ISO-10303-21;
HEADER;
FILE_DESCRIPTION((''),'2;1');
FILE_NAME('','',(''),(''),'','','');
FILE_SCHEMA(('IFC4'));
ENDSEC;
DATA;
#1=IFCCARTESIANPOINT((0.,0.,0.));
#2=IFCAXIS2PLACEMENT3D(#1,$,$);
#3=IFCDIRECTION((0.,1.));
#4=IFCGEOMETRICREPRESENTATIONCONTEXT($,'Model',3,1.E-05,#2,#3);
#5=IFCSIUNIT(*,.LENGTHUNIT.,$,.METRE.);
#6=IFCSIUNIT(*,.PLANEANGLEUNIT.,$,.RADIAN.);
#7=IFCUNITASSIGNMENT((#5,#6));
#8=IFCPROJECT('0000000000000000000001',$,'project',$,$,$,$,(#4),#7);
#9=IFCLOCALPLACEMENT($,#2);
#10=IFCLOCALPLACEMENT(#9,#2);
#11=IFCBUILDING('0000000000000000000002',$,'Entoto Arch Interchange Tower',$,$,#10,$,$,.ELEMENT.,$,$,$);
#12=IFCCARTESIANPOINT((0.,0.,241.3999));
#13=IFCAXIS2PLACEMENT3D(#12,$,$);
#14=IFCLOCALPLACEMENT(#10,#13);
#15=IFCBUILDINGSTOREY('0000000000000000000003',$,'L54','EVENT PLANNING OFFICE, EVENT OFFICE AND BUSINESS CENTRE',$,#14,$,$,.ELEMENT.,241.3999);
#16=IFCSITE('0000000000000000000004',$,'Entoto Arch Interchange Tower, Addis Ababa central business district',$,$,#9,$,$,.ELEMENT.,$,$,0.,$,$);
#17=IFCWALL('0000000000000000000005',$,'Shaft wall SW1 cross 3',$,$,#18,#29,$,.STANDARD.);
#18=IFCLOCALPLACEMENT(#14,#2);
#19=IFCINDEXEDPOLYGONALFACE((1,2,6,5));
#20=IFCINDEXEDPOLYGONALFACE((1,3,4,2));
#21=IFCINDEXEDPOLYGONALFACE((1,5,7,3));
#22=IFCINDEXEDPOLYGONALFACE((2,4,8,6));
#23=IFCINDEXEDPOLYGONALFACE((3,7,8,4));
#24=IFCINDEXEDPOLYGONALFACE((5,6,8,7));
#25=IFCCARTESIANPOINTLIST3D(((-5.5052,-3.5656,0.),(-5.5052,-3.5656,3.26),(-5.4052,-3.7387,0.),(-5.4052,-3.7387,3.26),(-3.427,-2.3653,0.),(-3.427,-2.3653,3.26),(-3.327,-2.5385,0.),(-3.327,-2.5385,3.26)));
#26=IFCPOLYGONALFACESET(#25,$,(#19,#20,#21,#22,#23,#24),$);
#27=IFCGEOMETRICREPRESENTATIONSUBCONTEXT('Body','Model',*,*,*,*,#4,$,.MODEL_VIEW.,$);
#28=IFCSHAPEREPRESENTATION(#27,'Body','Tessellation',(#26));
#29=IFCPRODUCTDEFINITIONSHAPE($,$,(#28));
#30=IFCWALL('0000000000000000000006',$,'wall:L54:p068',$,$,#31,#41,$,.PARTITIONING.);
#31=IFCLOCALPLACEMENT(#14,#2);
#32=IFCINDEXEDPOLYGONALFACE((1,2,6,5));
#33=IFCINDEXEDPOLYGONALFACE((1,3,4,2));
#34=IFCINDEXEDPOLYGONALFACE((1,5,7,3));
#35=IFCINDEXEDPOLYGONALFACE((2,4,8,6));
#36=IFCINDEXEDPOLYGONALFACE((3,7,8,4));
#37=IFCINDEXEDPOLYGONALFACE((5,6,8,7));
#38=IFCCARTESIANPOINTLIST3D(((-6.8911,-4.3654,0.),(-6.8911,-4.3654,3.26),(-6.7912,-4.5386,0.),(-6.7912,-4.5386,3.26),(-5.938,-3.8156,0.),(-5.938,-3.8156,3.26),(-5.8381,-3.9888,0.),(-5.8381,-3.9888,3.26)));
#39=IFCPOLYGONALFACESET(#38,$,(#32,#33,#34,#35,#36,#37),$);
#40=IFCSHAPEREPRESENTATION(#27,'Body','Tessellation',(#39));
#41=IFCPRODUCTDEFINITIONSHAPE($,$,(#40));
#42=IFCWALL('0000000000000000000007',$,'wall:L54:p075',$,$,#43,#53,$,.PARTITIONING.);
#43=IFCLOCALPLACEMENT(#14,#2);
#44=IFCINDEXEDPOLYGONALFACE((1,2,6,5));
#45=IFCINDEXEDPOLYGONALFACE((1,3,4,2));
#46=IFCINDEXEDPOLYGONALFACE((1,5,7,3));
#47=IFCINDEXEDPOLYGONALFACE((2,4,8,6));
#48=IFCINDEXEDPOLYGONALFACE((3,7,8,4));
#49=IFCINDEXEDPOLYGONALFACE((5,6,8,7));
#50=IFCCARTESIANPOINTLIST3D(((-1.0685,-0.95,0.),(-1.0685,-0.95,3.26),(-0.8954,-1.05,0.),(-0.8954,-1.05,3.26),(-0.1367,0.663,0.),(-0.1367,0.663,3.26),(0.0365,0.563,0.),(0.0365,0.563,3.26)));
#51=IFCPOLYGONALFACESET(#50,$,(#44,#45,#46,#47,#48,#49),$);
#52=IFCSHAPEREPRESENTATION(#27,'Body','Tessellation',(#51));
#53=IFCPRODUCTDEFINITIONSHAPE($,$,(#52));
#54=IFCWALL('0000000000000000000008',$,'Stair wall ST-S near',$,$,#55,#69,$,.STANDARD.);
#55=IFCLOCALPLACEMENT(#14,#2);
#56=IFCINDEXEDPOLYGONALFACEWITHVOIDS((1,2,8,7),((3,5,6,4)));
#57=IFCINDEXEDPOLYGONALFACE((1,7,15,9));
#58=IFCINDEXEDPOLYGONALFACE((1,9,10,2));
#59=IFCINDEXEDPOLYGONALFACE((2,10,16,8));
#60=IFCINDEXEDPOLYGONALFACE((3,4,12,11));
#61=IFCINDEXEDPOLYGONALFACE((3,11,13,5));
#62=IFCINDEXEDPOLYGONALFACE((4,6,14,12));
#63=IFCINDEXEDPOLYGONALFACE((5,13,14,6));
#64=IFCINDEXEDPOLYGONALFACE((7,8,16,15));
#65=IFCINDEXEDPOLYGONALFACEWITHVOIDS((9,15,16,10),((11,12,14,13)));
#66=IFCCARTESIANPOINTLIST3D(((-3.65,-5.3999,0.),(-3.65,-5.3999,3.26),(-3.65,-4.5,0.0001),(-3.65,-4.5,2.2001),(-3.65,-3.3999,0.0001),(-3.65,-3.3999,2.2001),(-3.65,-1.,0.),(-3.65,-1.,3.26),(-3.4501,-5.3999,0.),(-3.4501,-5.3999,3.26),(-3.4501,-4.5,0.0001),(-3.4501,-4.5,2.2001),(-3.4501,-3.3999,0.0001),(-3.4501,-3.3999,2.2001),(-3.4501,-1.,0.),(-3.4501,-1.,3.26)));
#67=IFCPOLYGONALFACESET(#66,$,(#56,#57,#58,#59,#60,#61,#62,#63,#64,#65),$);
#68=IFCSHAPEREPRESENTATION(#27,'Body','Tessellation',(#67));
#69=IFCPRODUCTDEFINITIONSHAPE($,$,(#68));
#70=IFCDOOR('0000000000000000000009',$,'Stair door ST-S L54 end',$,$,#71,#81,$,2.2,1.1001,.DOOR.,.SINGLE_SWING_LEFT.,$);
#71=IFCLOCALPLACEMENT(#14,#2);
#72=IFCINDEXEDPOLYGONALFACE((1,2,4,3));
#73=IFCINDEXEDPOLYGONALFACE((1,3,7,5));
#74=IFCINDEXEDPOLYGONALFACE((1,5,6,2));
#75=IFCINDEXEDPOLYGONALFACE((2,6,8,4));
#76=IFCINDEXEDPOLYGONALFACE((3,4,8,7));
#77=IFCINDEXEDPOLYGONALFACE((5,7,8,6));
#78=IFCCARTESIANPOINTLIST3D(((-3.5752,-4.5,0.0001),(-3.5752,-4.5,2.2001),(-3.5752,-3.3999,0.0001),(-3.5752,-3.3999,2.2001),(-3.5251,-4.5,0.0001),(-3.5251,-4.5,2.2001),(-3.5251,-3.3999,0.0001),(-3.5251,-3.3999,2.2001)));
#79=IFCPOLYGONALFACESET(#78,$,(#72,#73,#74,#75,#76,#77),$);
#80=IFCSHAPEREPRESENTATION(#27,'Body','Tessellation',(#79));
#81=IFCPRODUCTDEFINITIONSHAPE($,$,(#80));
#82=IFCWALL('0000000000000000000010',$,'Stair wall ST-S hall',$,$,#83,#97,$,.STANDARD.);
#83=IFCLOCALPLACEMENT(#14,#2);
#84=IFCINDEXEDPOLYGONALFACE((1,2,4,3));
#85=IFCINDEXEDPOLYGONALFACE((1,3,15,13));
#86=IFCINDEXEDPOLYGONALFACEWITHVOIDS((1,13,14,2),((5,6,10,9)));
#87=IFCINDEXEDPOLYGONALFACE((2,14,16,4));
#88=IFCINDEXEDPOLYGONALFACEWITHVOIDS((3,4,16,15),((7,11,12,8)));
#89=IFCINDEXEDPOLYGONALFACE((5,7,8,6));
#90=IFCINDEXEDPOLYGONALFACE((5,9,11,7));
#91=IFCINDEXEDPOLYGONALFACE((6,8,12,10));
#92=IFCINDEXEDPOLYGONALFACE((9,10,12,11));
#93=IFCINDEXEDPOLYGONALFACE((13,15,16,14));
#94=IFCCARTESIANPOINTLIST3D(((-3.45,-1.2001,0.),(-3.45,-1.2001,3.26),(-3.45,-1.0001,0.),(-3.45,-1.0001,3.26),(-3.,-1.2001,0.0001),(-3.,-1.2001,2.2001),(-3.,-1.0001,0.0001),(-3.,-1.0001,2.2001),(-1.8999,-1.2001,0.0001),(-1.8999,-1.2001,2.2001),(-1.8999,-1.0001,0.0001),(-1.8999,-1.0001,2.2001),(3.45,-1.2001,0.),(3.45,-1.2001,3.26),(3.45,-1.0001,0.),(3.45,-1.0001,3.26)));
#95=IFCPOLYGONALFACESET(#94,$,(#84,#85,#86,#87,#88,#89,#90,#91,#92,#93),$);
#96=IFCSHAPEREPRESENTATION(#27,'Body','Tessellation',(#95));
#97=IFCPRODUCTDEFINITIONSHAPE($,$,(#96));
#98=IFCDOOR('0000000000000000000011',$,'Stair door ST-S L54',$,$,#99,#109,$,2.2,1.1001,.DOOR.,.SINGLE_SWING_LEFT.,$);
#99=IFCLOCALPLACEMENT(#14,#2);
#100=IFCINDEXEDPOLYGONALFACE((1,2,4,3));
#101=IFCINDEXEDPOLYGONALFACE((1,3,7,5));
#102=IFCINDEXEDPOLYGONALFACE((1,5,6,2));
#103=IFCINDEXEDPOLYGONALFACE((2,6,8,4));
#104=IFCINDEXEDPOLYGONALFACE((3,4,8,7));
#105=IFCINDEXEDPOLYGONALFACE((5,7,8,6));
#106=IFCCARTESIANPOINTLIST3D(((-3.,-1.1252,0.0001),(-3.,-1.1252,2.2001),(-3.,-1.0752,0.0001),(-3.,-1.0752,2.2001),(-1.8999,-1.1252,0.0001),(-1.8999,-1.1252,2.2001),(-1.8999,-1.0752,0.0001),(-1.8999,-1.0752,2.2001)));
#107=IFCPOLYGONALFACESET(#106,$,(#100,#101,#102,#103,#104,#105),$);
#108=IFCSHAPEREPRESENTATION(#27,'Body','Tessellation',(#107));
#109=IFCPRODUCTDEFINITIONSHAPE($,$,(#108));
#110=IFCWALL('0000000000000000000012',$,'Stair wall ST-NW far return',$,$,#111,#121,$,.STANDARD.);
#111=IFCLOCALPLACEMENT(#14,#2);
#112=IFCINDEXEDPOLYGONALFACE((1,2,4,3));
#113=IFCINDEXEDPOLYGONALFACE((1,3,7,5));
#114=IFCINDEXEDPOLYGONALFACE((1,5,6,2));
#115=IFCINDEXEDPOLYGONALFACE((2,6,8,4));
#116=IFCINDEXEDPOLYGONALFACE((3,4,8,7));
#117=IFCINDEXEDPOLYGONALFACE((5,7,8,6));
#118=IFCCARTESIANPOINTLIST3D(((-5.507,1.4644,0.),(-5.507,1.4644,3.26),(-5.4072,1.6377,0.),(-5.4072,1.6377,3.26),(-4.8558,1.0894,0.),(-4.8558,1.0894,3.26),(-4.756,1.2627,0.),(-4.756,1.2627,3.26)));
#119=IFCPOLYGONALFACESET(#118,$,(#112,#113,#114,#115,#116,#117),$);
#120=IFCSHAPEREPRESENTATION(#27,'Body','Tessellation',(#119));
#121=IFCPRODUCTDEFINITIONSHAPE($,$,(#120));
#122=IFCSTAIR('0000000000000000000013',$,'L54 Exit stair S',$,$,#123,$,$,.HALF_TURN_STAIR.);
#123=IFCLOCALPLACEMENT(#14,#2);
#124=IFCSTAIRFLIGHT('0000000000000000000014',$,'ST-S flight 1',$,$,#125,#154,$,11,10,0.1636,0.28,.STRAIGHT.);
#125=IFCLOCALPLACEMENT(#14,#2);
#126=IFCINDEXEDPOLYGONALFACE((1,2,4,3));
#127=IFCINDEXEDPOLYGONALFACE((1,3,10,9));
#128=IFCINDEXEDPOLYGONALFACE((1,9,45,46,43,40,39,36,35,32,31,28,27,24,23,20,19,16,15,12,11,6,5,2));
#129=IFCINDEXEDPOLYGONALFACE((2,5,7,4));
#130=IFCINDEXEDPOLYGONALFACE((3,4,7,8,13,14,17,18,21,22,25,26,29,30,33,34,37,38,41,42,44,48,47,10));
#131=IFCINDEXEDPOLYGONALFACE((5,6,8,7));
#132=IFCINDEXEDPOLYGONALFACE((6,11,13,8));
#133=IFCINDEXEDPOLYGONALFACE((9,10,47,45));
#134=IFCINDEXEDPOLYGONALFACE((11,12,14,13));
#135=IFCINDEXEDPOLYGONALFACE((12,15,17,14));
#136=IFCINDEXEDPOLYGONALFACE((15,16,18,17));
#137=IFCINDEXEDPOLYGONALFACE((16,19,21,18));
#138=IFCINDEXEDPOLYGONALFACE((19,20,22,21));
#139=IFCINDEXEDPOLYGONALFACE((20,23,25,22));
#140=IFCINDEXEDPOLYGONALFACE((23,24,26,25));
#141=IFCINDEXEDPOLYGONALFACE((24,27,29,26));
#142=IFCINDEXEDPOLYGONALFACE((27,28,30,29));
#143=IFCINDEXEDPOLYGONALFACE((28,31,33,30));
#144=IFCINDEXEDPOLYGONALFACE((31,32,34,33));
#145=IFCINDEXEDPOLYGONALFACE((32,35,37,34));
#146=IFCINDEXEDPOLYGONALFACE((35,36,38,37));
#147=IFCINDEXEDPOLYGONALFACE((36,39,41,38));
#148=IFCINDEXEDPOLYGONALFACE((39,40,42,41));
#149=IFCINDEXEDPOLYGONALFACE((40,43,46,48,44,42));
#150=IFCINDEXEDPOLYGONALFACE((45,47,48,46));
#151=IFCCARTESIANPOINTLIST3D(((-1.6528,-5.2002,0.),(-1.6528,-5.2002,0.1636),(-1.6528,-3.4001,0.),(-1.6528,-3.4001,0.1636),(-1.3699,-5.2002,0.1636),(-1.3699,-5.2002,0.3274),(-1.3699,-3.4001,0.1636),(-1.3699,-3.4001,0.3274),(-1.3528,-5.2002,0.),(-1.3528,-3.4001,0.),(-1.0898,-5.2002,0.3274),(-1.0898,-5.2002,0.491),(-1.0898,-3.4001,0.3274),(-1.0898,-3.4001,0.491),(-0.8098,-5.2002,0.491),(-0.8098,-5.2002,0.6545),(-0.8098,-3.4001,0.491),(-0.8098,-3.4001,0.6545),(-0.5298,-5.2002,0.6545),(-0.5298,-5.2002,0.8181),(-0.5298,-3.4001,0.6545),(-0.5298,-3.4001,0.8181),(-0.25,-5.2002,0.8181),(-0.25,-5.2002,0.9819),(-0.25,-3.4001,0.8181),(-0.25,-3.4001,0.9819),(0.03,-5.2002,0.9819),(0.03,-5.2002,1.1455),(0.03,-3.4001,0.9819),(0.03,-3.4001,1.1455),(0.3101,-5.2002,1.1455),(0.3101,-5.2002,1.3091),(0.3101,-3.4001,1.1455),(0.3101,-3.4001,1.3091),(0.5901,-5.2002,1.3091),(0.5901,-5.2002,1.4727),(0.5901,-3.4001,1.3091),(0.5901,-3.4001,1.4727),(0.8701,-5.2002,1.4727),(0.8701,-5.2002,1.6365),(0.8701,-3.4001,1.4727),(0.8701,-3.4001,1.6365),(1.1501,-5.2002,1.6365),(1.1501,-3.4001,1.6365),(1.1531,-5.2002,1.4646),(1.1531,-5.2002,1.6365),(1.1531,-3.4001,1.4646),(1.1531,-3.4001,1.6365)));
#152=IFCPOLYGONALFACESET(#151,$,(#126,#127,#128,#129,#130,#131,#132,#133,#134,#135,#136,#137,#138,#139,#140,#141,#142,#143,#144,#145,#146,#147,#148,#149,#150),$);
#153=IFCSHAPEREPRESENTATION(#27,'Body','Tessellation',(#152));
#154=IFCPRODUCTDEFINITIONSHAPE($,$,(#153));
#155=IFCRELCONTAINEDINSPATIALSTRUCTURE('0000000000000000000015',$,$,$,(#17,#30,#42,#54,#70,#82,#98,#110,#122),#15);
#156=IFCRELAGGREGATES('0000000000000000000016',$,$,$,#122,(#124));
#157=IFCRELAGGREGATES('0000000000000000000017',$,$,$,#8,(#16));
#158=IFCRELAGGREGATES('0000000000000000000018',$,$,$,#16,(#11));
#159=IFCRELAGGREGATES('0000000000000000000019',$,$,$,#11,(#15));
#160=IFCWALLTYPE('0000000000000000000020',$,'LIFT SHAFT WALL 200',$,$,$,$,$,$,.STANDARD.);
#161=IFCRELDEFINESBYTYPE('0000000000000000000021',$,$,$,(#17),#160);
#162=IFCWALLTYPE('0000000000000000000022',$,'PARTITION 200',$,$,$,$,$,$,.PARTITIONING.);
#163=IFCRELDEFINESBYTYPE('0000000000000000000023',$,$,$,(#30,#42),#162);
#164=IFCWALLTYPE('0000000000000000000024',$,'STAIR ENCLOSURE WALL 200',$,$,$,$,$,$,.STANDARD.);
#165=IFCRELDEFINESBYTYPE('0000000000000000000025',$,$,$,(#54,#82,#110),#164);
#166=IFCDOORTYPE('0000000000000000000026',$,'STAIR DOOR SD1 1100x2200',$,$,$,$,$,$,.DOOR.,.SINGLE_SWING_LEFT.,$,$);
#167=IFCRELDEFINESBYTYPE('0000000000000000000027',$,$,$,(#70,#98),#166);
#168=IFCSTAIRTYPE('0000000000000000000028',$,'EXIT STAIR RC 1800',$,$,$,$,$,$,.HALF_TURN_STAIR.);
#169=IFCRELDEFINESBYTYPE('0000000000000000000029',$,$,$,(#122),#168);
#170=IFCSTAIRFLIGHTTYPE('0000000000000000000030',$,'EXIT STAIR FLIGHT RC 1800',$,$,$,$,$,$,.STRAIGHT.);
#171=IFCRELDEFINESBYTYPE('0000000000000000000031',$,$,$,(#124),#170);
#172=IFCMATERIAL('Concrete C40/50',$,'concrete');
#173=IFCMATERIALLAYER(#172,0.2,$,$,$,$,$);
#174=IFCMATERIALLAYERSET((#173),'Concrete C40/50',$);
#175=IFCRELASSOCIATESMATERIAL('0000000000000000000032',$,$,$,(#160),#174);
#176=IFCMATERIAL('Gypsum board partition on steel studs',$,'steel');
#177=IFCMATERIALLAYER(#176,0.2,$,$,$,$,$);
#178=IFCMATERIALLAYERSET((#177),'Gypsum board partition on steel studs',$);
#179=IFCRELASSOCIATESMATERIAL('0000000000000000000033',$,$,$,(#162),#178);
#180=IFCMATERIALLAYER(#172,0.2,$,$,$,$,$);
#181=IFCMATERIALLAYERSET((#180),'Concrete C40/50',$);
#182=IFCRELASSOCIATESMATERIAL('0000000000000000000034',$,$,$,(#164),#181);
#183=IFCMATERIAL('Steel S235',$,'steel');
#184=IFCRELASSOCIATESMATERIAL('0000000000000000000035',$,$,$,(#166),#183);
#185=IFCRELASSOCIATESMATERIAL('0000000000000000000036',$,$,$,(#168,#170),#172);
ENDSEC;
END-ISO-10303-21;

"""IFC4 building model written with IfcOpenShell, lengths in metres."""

from ifc_helpers import new_model, si_unit, direction, frame, frame_2d, origin, place, context, subcontext, project, spatial, polyline, rectangle, outline, extrude, material, layer, layer_set, type_object, element, fill, aggregate, save


model = new_model("IFC4")

# Units and contexts
model_context = context("Model", 3, precision=1e-05, world=origin(), true_north=direction((0.0, 1.0)))
body_context = subcontext(model_context, "Body", "Model", "MODEL_VIEW")
ifc_project = project(units=[si_unit("LENGTHUNIT", "METRE"), si_unit("PLANEANGLEUNIT", "RADIAN")], contexts=[model_context])

# Site, building, storey
site_placement = place(None, origin())
site = spatial("IfcSite", under=ifc_project, at=site_placement, Name="Entoto Arch Interchange Tower, Addis Ababa central business district", CompositionType="ELEMENT", RefElevation=0.0)
building_placement = place(site_placement, origin())
building = spatial("IfcBuilding", under=site, at=building_placement, Name="Entoto Arch Interchange Tower", CompositionType="ELEMENT")
storey_placement = place(building_placement, frame((0.0, 0.0, 241.3999)))
storey = spatial("IfcBuildingStorey", under=building, at=storey_placement, Name="L54", Description="EVENT PLANNING OFFICE, EVENT OFFICE AND BUSINESS CENTRE", CompositionType="ELEMENT", Elevation=241.3999)

# Shared definitions
ifc_material_1 = material(Name="Concrete C40/50", Category="concrete")

# Walls
ifc_layer_1 = layer(ifc_material_1, 0.2)
ifc_layer_set_1 = layer_set([ifc_layer_1], Name="Concrete C40/50")
wall_type_1 = type_object("IfcWallType", Name="LIFT SHAFT WALL 200", PredefinedType="STANDARD", material=ifc_layer_set_1)
wall_1_placement = place(storey_placement, frame((-3.377, -2.4519, 0.0), z_axis=(0.0, 0.0, 1.0), x_axis=(-0.865955, -0.500122, 0.0)))
element("IfcWall", 1, at=wall_1_placement, inside=storey, type_object=wall_type_1, Name="Shaft wall SW1 cross 3", PredefinedType="STANDARD", context=body_context, shape_type="SweptSolid", body=[
    extrude(rectangle(XDim=2.3999, YDim=0.2, at=frame_2d((1.2, 0.0))), origin(), (0.0, 0.0, 1.0), 3.26),
])
ifc_material_2 = material(Name="Gypsum board partition on steel studs", Category="steel")
ifc_layer_2 = layer(ifc_material_2, 0.2)
ifc_layer_set_2 = layer_set([ifc_layer_2], Name="Gypsum board partition on steel studs")
wall_type_2 = type_object("IfcWallType", Name="PARTITION 200", PredefinedType="PARTITIONING", material=ifc_layer_set_2)
wall_2_placement = place(storey_placement, frame((-5.8879, -3.9021, 0.0), z_axis=(0.0, 0.0, 1.0), x_axis=(-0.866215, -0.499671, 0.0)))
element("IfcWall", 2, at=wall_2_placement, inside=storey, type_object=wall_type_2, Name="wall:L54:p068", PredefinedType="PARTITIONING", context=body_context, shape_type="SweptSolid", body=[
    extrude(rectangle(XDim=1.1003, YDim=0.2, at=frame_2d((0.5503, 0.0))), origin(), (0.0, 0.0, 1.0), 3.26),
])
wall_3_placement = place(storey_placement, frame((-0.9819, -1.0, 0.0), z_axis=(0.0, 0.0, 1.0), x_axis=(0.50024, 0.865887, 0.0)))
element("IfcWall", 3, at=wall_3_placement, inside=storey, type_object=wall_type_2, Name="wall:L54:p075", PredefinedType="PARTITIONING", context=body_context, shape_type="SweptSolid", body=[
    extrude(rectangle(XDim=1.8628, YDim=0.2, at=frame_2d((0.9314, 0.0))), origin(), (0.0, 0.0, 1.0), 3.26),
])

# Walls, openings, doors
ifc_layer_3 = layer(ifc_material_1, 0.2)
ifc_layer_set_3 = layer_set([ifc_layer_3], Name="Concrete C40/50")
wall_type_3 = type_object("IfcWallType", Name="STAIR ENCLOSURE WALL 200", PredefinedType="STANDARD", material=ifc_layer_set_3)
wall_4_placement = place(storey_placement, frame((-3.55, -1.0, 0.0), z_axis=(0.0, 0.0, 1.0), x_axis=(0.0, -1.0, 0.0)))
wall_4 = element("IfcWall", 4, at=wall_4_placement, inside=storey, type_object=wall_type_3, Name="Stair wall ST-S near", PredefinedType="STANDARD", context=body_context, shape_type="SweptSolid", body=[
    extrude(rectangle(XDim=4.3999, YDim=0.2, at=frame_2d((2.2, 0.0))), origin(), (0.0, 0.0, 1.0), 3.26),
])
opening_1_placement = place(wall_4_placement, frame((2.3999, 0.0, 0.0)))
opening_1 = element("IfcOpeningElement", 5, at=opening_1_placement, cuts=wall_4, PredefinedType="OPENING", context=body_context, shape_type="SweptSolid", body=[
    extrude(rectangle(XDim=1.1001, YDim=2.2, at=frame_2d((0.55, 1.1001))), frame((0.0, 0.1099, 0.0), z_axis=(0.0, -1.0, 0.0), x_axis=(1.0, 0.0, 0.0)), (0.0, 0.0, 1.0), 0.22),
])
ifc_material_3 = material(Name="Steel S235", Category="steel")
door_type = type_object("IfcDoorType", Name="STAIR DOOR SD1 1100x2200", OperationType="SINGLE_SWING_LEFT", PredefinedType="DOOR", material=ifc_material_3)
door_1_placement = place(opening_1_placement, origin())
door_1 = element("IfcDoor", 6, at=door_1_placement, inside=storey, type_object=door_type, Name="Stair door ST-S L54 end", OperationType="SINGLE_SWING_LEFT", OverallHeight=2.2, OverallWidth=1.1001, PredefinedType="DOOR", context=body_context, shape_type="SweptSolid", body=[
    extrude(rectangle(XDim=1.1001, YDim=2.2, at=frame_2d((0.55, 1.1001))), frame((0.0, 0.0249, 0.0), z_axis=(0.0, -1.0, 0.0), x_axis=(1.0, 0.0, 0.0)), (0.0, 0.0, 1.0), 0.05),
])
fill(opening_1, door_1)
wall_5_placement = place(storey_placement, frame((-3.45, -1.1001, 0.0), z_axis=(0.0, 0.0, 1.0), x_axis=(1.0, 0.0, 0.0)))
wall_5 = element("IfcWall", 7, at=wall_5_placement, inside=storey, type_object=wall_type_3, Name="Stair wall ST-S hall", PredefinedType="STANDARD", context=body_context, shape_type="SweptSolid", body=[
    extrude(rectangle(XDim=6.8999, YDim=0.2, at=frame_2d((3.45, 0.0))), origin(), (0.0, 0.0, 1.0), 3.26),
])
opening_2_placement = place(wall_5_placement, frame((0.45, 0.0, 0.0)))
opening_2 = element("IfcOpeningElement", 8, at=opening_2_placement, cuts=wall_5, PredefinedType="OPENING", context=body_context, shape_type="SweptSolid", body=[
    extrude(rectangle(XDim=1.1001, YDim=2.2, at=frame_2d((0.55, 1.1001))), frame((0.0, 0.1099, 0.0), z_axis=(0.0, -1.0, 0.0), x_axis=(1.0, 0.0, 0.0)), (0.0, 0.0, 1.0), 0.22),
])
door_2_placement = place(opening_2_placement, origin())
door_2 = element("IfcDoor", 9, at=door_2_placement, inside=storey, type_object=door_type, Name="Stair door ST-S L54", OperationType="SINGLE_SWING_LEFT", OverallHeight=2.2, OverallWidth=1.1001, PredefinedType="DOOR", context=body_context, shape_type="SweptSolid", body=[
    extrude(rectangle(XDim=1.1001, YDim=2.2, at=frame_2d((0.55, 1.1001))), frame((0.0, 0.0249, 0.0), z_axis=(0.0, -1.0, 0.0), x_axis=(1.0, 0.0, 0.0)), (0.0, 0.0, 1.0), 0.05),
])
fill(opening_2, door_2)

# Wall
wall_6_placement = place(storey_placement, frame((-4.8059, 1.176, 0.0), z_axis=(0.0, 0.0, 1.0), x_axis=(-0.866559, 0.499075, 0.0)))
element("IfcWall", 10, at=wall_6_placement, inside=storey, type_object=wall_type_3, Name="Stair wall ST-NW far return", PredefinedType="STANDARD", context=body_context, shape_type="SweptSolid", body=[
    extrude(rectangle(XDim=0.7515, YDim=0.2, at=frame_2d((0.3757, 0.0))), origin(), (0.0, 0.0, 1.0), 3.26),
])

# Stair, stair flight
stair_type = type_object("IfcStairType", Name="EXIT STAIR RC 1800", PredefinedType="HALF_TURN_STAIR", material=ifc_material_1)
stair_1_placement = place(storey_placement, origin())
stair_1 = element("IfcStair", 11, at=stair_1_placement, inside=storey, type_object=stair_type, Name="L54 Exit stair S", PredefinedType="HALF_TURN_STAIR")
stair_flight_type = type_object("IfcStairFlightType", Name="EXIT STAIR FLIGHT RC 1800", PredefinedType="STRAIGHT", material=ifc_material_1)
stair_flight_1_placement = place(storey_placement, frame((-1.6499, -4.3, 0.0), z_axis=(0.0, 0.0, 1.0), x_axis=(1.0, 0.0, 0.0)))
stair_flight_1 = element("IfcStairFlight", 12, at=stair_flight_1_placement, type_object=stair_flight_type, Name="ST-S flight 1", NumberOfRisers=11, NumberOfTreads=10, PredefinedType="STRAIGHT", RiserHeight=0.1636, TreadLength=0.28, context=body_context, shape_type="SweptSolid", body=[
    extrude(outline(polyline([(-0.0029, 0.0), (-0.0029, 0.1636), (0.28, 0.1636), (0.28, 0.3274), (0.5601, 0.3274), (0.5601, 0.491), (0.8401, 0.491), (0.8401, 0.6545), (1.1201, 0.6545), (1.1201, 0.8181), (1.3999, 0.8181), (1.3999, 0.9819), (1.6799, 0.9819), (1.6799, 1.1455), (1.96, 1.1455), (1.96, 1.3091), (2.24, 1.3091), (2.24, 1.4727), (2.52, 1.4727), (2.52, 1.6365), (2.8, 1.6365), (2.803, 1.6365), (2.803, 1.4646), (0.2971, 0.0), (-0.0029, 0.0)])), frame((0.0, 0.8999, 0.0), z_axis=(0.0, -1.0, 0.0), x_axis=(1.0, 0.0, 0.0)), (0.0, 0.0, 1.0), 1.8),
])
aggregate(stair_1, [stair_flight_1])

save(model, "model.ifc")
